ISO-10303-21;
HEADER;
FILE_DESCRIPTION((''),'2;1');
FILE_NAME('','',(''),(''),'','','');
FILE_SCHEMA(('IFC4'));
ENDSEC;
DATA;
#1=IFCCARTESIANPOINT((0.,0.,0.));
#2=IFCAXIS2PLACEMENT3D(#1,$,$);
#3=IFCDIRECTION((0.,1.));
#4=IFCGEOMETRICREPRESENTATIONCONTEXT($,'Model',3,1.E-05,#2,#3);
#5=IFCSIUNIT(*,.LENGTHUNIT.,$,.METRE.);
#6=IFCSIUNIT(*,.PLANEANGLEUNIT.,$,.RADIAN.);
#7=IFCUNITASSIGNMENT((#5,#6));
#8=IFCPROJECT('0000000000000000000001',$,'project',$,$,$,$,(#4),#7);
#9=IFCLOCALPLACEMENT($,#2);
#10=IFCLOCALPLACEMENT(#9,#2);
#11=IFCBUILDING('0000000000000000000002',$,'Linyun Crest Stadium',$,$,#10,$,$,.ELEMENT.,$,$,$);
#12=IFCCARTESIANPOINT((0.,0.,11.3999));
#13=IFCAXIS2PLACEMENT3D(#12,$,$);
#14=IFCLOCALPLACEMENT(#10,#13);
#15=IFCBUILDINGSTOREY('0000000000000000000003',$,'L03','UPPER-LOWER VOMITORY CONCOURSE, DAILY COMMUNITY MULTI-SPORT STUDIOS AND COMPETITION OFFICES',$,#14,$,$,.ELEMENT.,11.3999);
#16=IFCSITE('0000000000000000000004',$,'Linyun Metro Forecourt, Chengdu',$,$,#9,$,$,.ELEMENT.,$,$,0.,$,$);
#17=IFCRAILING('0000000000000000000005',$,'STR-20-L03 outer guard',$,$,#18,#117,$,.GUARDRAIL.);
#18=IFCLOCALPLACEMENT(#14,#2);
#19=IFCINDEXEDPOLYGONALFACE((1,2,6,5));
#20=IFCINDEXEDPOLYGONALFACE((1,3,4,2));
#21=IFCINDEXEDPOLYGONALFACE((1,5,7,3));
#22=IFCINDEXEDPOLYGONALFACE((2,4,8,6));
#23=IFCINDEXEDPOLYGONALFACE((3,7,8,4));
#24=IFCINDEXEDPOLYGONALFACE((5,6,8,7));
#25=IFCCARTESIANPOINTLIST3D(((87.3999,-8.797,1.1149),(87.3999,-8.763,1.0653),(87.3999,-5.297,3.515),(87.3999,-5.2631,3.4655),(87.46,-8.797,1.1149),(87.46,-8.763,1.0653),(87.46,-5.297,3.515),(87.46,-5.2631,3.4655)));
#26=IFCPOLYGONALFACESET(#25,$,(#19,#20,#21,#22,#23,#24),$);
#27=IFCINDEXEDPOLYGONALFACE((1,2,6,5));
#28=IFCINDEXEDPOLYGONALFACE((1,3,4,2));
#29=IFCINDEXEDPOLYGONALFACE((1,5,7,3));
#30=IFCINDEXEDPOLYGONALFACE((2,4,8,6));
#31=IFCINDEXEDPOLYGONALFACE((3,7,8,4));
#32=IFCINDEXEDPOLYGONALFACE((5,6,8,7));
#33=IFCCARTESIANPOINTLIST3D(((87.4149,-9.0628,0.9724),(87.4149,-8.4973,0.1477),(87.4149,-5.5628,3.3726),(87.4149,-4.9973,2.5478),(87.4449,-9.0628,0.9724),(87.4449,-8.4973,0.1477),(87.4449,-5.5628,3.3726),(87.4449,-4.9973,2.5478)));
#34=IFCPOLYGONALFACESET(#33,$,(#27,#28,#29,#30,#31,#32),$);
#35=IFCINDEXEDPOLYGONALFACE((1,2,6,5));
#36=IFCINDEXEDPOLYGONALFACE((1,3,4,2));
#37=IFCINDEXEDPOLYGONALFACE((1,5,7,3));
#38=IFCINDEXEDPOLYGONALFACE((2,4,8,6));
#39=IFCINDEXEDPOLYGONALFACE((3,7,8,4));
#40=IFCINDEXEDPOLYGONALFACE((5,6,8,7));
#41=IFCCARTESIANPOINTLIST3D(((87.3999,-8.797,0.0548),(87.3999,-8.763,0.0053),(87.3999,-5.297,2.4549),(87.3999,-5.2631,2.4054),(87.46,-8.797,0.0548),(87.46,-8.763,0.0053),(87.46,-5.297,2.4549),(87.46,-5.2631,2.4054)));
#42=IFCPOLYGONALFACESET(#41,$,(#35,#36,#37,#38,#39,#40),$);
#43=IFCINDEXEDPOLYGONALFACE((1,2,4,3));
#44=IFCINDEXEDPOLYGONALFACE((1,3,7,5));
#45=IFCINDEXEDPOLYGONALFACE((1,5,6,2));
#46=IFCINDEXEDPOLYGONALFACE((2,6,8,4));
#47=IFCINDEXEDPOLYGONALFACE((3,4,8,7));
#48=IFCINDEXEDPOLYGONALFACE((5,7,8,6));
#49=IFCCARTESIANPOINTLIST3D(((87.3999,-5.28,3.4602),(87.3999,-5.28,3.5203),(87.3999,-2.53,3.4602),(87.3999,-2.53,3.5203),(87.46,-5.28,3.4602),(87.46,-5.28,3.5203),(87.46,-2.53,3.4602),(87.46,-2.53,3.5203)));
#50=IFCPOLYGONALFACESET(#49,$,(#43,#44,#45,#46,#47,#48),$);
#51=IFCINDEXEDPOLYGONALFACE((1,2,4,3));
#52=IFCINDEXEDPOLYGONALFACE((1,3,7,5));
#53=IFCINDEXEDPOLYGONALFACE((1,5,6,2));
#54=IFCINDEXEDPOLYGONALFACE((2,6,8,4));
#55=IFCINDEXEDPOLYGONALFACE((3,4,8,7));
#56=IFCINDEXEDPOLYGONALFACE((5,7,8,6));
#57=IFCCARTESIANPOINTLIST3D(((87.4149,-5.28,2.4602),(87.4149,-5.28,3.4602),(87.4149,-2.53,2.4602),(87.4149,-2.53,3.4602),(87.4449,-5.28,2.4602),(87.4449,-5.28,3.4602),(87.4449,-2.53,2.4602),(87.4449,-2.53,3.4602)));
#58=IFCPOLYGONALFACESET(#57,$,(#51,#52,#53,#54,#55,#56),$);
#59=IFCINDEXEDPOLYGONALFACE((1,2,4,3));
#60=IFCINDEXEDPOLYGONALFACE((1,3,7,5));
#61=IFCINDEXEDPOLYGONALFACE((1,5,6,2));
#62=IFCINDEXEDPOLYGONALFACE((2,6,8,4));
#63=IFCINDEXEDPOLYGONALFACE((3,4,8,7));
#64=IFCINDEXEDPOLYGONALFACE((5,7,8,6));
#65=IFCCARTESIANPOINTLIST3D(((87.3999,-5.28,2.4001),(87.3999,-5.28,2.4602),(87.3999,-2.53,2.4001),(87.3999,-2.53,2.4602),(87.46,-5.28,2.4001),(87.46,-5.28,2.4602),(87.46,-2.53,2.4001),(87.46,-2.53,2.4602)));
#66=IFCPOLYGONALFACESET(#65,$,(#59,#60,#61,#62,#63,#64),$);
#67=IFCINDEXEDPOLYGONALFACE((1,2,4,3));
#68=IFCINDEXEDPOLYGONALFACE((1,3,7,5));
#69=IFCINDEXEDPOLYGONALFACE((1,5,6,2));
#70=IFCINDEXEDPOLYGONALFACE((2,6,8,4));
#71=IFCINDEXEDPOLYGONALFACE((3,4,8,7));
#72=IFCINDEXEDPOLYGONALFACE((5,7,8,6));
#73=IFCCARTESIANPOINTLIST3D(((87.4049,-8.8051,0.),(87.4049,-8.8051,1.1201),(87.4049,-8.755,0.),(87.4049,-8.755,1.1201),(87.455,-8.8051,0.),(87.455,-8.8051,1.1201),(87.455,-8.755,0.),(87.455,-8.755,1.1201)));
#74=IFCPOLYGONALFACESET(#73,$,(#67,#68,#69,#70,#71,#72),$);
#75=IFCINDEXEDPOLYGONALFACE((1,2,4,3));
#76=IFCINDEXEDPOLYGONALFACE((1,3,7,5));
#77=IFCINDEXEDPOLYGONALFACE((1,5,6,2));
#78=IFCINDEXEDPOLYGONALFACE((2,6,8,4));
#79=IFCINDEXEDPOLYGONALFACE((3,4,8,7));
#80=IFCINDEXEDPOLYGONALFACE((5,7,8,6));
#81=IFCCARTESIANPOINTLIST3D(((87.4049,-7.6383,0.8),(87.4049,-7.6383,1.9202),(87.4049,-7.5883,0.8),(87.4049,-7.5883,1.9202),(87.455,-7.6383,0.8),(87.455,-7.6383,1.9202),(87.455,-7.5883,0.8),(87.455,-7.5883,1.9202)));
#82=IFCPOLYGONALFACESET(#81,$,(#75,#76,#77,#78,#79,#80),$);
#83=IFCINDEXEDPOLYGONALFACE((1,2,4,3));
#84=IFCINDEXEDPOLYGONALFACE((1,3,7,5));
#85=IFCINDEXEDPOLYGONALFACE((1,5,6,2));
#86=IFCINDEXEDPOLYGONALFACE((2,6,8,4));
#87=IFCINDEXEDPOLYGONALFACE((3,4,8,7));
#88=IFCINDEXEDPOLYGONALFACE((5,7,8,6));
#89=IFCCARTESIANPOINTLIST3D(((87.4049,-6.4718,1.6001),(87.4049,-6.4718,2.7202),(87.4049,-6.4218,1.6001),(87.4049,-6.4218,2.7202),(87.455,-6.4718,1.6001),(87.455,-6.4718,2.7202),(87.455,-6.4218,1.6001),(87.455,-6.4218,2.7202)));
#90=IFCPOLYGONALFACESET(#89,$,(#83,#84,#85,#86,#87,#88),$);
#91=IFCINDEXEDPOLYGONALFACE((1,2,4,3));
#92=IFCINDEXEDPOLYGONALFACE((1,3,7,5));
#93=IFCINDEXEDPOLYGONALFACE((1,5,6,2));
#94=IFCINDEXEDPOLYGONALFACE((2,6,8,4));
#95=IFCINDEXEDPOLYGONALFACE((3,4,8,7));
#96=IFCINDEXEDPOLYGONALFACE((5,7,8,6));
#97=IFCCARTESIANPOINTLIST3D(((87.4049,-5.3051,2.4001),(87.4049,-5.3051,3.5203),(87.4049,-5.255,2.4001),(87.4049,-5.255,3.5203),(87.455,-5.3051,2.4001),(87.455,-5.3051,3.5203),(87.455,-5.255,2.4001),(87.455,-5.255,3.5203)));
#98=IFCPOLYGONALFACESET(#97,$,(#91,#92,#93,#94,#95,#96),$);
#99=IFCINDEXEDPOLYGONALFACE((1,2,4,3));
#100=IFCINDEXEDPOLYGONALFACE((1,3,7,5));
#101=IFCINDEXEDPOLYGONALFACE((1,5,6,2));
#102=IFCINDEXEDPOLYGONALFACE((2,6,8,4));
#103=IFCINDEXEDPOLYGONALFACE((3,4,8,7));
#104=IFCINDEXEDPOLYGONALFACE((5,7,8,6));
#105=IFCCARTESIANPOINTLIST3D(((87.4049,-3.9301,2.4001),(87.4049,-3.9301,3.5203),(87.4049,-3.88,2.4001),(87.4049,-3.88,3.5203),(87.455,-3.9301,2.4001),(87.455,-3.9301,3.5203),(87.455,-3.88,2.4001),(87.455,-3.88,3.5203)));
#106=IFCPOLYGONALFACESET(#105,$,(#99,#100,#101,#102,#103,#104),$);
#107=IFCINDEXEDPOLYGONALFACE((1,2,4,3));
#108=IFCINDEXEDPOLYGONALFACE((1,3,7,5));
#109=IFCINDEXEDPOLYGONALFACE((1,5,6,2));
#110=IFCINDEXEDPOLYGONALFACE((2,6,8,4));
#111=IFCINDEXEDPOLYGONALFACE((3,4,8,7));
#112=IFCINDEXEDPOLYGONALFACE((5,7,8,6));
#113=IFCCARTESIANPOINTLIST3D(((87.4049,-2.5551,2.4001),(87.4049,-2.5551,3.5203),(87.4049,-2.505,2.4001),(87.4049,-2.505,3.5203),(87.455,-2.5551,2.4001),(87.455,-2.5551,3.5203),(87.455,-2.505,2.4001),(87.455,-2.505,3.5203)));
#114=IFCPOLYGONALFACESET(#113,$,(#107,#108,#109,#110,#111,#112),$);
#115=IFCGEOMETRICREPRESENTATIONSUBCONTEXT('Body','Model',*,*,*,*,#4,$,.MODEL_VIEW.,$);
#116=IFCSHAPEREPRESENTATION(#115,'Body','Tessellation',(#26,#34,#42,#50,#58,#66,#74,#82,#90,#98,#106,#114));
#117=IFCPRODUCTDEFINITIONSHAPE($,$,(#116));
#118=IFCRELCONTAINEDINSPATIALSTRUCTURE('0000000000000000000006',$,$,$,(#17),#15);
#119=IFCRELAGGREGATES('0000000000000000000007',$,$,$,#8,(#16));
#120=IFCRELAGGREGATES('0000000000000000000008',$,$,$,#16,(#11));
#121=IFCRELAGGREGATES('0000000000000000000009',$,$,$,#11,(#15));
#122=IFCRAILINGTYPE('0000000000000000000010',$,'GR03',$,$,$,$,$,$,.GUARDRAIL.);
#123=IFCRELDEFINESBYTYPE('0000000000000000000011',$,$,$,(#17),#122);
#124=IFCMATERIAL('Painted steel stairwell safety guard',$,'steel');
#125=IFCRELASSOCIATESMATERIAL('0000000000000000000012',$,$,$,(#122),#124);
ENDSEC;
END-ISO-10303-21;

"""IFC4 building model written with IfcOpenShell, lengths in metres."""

from ifc_helpers import new_model, si_unit, direction, frame, origin, origin_2d, place, context, subcontext, project, spatial, rectangle, extrude, material, type_object, element, save


model = new_model("IFC4")

# Units and contexts
model_context = context("Model", 3, precision=1e-05, world=origin(), true_north=direction((0.0, 1.0)))
body_context = subcontext(model_context, "Body", "Model", "MODEL_VIEW")
ifc_project = project(units=[si_unit("LENGTHUNIT", "METRE"), si_unit("PLANEANGLEUNIT", "RADIAN")], contexts=[model_context])

# Site, building, storey
site_placement = place(None, origin())
site = spatial("IfcSite", under=ifc_project, at=site_placement, Name="Linyun Metro Forecourt, Chengdu", CompositionType="ELEMENT", RefElevation=0.0)
building_placement = place(site_placement, origin())
building = spatial("IfcBuilding", under=site, at=building_placement, Name="Linyun Crest Stadium", CompositionType="ELEMENT")
storey_placement = place(building_placement, frame((0.0, 0.0, 11.3999)))
storey = spatial("IfcBuildingStorey", under=building, at=storey_placement, Name="L03", Description="UPPER-LOWER VOMITORY CONCOURSE, DAILY COMMUNITY MULTI-SPORT STUDIOS AND COMPETITION OFFICES", CompositionType="ELEMENT", Elevation=11.3999)

# Railing
ifc_material_1 = material(Name="Painted steel stairwell safety guard", Category="steel")
railing_type_1 = type_object("IfcRailingType", Name="GR03", PredefinedType="GUARDRAIL", material=ifc_material_1)
railing_1_placement = place(storey_placement, frame((87.4299, -8.78, 0.0)))
element("IfcRailing", 1, at=railing_1_placement, inside=storey, type_object=railing_type_1, Name="STR-20-L03 outer guard", PredefinedType="GUARDRAIL", context=body_context, shape_type="SweptSolid", body=[
    extrude(rectangle(XDim=0.0601, YDim=0.0601, at=origin_2d()), frame((0.0, 0.0, 1.0901), z_axis=(0.0, 0.824713, 0.565552), x_axis=(-1.0, 0.0, 0.0)), (0.0, 0.0, 1.0), 4.2439),
    extrude(rectangle(XDim=0.03, YDim=1.0, at=origin_2d()), frame((0.0, 0.0, 0.5601), z_axis=(0.0, 0.824713, 0.565552), x_axis=(-1.0, 0.0, 0.0)), (0.0, 0.0, 1.0), 4.2439),
    extrude(rectangle(XDim=0.0601, YDim=0.0601, at=origin_2d()), frame((0.0, 0.0, 0.03), z_axis=(0.0, 0.824713, 0.565552), x_axis=(-1.0, 0.0, 0.0)), (0.0, 0.0, 1.0), 4.2439),
    extrude(rectangle(XDim=0.0601, YDim=0.0601, at=origin_2d()), frame((0.0, 3.5, 3.4902), z_axis=(0.0, 1.0, 0.0), x_axis=(-1.0, 0.0, 0.0)), (0.0, 0.0, 1.0), 2.75),
    extrude(rectangle(XDim=0.03, YDim=1.0, at=origin_2d()), frame((0.0, 3.5, 2.9602), z_axis=(0.0, 1.0, 0.0), x_axis=(-1.0, 0.0, 0.0)), (0.0, 0.0, 1.0), 2.75),
    extrude(rectangle(XDim=0.0601, YDim=0.0601, at=origin_2d()), frame((0.0, 3.5, 2.4302), z_axis=(0.0, 1.0, 0.0), x_axis=(-1.0, 0.0, 0.0)), (0.0, 0.0, 1.0), 2.75),
    extrude(rectangle(XDim=0.05, YDim=0.05, at=origin_2d()), origin(), (0.0, 0.0, 1.0), 1.1201),
    extrude(rectangle(XDim=0.05, YDim=0.05, at=origin_2d()), frame((0.0, 1.1667, 0.8)), (0.0, 0.0, 1.0), 1.1201),
    extrude(rectangle(XDim=0.05, YDim=0.05, at=origin_2d()), frame((0.0, 2.3333, 1.6001)), (0.0, 0.0, 1.0), 1.1201),
    extrude(rectangle(XDim=0.05, YDim=0.05, at=origin_2d()), frame((0.0, 3.5, 2.4001)), (0.0, 0.0, 1.0), 1.1201),
    extrude(rectangle(XDim=0.05, YDim=0.05, at=origin_2d()), frame((0.0, 4.875, 2.4001)), (0.0, 0.0, 1.0), 1.1201),
    extrude(rectangle(XDim=0.05, YDim=0.05, at=origin_2d()), frame((0.0, 6.25, 2.4001)), (0.0, 0.0, 1.0), 1.1201),
])

save(model, "model.ifc")
